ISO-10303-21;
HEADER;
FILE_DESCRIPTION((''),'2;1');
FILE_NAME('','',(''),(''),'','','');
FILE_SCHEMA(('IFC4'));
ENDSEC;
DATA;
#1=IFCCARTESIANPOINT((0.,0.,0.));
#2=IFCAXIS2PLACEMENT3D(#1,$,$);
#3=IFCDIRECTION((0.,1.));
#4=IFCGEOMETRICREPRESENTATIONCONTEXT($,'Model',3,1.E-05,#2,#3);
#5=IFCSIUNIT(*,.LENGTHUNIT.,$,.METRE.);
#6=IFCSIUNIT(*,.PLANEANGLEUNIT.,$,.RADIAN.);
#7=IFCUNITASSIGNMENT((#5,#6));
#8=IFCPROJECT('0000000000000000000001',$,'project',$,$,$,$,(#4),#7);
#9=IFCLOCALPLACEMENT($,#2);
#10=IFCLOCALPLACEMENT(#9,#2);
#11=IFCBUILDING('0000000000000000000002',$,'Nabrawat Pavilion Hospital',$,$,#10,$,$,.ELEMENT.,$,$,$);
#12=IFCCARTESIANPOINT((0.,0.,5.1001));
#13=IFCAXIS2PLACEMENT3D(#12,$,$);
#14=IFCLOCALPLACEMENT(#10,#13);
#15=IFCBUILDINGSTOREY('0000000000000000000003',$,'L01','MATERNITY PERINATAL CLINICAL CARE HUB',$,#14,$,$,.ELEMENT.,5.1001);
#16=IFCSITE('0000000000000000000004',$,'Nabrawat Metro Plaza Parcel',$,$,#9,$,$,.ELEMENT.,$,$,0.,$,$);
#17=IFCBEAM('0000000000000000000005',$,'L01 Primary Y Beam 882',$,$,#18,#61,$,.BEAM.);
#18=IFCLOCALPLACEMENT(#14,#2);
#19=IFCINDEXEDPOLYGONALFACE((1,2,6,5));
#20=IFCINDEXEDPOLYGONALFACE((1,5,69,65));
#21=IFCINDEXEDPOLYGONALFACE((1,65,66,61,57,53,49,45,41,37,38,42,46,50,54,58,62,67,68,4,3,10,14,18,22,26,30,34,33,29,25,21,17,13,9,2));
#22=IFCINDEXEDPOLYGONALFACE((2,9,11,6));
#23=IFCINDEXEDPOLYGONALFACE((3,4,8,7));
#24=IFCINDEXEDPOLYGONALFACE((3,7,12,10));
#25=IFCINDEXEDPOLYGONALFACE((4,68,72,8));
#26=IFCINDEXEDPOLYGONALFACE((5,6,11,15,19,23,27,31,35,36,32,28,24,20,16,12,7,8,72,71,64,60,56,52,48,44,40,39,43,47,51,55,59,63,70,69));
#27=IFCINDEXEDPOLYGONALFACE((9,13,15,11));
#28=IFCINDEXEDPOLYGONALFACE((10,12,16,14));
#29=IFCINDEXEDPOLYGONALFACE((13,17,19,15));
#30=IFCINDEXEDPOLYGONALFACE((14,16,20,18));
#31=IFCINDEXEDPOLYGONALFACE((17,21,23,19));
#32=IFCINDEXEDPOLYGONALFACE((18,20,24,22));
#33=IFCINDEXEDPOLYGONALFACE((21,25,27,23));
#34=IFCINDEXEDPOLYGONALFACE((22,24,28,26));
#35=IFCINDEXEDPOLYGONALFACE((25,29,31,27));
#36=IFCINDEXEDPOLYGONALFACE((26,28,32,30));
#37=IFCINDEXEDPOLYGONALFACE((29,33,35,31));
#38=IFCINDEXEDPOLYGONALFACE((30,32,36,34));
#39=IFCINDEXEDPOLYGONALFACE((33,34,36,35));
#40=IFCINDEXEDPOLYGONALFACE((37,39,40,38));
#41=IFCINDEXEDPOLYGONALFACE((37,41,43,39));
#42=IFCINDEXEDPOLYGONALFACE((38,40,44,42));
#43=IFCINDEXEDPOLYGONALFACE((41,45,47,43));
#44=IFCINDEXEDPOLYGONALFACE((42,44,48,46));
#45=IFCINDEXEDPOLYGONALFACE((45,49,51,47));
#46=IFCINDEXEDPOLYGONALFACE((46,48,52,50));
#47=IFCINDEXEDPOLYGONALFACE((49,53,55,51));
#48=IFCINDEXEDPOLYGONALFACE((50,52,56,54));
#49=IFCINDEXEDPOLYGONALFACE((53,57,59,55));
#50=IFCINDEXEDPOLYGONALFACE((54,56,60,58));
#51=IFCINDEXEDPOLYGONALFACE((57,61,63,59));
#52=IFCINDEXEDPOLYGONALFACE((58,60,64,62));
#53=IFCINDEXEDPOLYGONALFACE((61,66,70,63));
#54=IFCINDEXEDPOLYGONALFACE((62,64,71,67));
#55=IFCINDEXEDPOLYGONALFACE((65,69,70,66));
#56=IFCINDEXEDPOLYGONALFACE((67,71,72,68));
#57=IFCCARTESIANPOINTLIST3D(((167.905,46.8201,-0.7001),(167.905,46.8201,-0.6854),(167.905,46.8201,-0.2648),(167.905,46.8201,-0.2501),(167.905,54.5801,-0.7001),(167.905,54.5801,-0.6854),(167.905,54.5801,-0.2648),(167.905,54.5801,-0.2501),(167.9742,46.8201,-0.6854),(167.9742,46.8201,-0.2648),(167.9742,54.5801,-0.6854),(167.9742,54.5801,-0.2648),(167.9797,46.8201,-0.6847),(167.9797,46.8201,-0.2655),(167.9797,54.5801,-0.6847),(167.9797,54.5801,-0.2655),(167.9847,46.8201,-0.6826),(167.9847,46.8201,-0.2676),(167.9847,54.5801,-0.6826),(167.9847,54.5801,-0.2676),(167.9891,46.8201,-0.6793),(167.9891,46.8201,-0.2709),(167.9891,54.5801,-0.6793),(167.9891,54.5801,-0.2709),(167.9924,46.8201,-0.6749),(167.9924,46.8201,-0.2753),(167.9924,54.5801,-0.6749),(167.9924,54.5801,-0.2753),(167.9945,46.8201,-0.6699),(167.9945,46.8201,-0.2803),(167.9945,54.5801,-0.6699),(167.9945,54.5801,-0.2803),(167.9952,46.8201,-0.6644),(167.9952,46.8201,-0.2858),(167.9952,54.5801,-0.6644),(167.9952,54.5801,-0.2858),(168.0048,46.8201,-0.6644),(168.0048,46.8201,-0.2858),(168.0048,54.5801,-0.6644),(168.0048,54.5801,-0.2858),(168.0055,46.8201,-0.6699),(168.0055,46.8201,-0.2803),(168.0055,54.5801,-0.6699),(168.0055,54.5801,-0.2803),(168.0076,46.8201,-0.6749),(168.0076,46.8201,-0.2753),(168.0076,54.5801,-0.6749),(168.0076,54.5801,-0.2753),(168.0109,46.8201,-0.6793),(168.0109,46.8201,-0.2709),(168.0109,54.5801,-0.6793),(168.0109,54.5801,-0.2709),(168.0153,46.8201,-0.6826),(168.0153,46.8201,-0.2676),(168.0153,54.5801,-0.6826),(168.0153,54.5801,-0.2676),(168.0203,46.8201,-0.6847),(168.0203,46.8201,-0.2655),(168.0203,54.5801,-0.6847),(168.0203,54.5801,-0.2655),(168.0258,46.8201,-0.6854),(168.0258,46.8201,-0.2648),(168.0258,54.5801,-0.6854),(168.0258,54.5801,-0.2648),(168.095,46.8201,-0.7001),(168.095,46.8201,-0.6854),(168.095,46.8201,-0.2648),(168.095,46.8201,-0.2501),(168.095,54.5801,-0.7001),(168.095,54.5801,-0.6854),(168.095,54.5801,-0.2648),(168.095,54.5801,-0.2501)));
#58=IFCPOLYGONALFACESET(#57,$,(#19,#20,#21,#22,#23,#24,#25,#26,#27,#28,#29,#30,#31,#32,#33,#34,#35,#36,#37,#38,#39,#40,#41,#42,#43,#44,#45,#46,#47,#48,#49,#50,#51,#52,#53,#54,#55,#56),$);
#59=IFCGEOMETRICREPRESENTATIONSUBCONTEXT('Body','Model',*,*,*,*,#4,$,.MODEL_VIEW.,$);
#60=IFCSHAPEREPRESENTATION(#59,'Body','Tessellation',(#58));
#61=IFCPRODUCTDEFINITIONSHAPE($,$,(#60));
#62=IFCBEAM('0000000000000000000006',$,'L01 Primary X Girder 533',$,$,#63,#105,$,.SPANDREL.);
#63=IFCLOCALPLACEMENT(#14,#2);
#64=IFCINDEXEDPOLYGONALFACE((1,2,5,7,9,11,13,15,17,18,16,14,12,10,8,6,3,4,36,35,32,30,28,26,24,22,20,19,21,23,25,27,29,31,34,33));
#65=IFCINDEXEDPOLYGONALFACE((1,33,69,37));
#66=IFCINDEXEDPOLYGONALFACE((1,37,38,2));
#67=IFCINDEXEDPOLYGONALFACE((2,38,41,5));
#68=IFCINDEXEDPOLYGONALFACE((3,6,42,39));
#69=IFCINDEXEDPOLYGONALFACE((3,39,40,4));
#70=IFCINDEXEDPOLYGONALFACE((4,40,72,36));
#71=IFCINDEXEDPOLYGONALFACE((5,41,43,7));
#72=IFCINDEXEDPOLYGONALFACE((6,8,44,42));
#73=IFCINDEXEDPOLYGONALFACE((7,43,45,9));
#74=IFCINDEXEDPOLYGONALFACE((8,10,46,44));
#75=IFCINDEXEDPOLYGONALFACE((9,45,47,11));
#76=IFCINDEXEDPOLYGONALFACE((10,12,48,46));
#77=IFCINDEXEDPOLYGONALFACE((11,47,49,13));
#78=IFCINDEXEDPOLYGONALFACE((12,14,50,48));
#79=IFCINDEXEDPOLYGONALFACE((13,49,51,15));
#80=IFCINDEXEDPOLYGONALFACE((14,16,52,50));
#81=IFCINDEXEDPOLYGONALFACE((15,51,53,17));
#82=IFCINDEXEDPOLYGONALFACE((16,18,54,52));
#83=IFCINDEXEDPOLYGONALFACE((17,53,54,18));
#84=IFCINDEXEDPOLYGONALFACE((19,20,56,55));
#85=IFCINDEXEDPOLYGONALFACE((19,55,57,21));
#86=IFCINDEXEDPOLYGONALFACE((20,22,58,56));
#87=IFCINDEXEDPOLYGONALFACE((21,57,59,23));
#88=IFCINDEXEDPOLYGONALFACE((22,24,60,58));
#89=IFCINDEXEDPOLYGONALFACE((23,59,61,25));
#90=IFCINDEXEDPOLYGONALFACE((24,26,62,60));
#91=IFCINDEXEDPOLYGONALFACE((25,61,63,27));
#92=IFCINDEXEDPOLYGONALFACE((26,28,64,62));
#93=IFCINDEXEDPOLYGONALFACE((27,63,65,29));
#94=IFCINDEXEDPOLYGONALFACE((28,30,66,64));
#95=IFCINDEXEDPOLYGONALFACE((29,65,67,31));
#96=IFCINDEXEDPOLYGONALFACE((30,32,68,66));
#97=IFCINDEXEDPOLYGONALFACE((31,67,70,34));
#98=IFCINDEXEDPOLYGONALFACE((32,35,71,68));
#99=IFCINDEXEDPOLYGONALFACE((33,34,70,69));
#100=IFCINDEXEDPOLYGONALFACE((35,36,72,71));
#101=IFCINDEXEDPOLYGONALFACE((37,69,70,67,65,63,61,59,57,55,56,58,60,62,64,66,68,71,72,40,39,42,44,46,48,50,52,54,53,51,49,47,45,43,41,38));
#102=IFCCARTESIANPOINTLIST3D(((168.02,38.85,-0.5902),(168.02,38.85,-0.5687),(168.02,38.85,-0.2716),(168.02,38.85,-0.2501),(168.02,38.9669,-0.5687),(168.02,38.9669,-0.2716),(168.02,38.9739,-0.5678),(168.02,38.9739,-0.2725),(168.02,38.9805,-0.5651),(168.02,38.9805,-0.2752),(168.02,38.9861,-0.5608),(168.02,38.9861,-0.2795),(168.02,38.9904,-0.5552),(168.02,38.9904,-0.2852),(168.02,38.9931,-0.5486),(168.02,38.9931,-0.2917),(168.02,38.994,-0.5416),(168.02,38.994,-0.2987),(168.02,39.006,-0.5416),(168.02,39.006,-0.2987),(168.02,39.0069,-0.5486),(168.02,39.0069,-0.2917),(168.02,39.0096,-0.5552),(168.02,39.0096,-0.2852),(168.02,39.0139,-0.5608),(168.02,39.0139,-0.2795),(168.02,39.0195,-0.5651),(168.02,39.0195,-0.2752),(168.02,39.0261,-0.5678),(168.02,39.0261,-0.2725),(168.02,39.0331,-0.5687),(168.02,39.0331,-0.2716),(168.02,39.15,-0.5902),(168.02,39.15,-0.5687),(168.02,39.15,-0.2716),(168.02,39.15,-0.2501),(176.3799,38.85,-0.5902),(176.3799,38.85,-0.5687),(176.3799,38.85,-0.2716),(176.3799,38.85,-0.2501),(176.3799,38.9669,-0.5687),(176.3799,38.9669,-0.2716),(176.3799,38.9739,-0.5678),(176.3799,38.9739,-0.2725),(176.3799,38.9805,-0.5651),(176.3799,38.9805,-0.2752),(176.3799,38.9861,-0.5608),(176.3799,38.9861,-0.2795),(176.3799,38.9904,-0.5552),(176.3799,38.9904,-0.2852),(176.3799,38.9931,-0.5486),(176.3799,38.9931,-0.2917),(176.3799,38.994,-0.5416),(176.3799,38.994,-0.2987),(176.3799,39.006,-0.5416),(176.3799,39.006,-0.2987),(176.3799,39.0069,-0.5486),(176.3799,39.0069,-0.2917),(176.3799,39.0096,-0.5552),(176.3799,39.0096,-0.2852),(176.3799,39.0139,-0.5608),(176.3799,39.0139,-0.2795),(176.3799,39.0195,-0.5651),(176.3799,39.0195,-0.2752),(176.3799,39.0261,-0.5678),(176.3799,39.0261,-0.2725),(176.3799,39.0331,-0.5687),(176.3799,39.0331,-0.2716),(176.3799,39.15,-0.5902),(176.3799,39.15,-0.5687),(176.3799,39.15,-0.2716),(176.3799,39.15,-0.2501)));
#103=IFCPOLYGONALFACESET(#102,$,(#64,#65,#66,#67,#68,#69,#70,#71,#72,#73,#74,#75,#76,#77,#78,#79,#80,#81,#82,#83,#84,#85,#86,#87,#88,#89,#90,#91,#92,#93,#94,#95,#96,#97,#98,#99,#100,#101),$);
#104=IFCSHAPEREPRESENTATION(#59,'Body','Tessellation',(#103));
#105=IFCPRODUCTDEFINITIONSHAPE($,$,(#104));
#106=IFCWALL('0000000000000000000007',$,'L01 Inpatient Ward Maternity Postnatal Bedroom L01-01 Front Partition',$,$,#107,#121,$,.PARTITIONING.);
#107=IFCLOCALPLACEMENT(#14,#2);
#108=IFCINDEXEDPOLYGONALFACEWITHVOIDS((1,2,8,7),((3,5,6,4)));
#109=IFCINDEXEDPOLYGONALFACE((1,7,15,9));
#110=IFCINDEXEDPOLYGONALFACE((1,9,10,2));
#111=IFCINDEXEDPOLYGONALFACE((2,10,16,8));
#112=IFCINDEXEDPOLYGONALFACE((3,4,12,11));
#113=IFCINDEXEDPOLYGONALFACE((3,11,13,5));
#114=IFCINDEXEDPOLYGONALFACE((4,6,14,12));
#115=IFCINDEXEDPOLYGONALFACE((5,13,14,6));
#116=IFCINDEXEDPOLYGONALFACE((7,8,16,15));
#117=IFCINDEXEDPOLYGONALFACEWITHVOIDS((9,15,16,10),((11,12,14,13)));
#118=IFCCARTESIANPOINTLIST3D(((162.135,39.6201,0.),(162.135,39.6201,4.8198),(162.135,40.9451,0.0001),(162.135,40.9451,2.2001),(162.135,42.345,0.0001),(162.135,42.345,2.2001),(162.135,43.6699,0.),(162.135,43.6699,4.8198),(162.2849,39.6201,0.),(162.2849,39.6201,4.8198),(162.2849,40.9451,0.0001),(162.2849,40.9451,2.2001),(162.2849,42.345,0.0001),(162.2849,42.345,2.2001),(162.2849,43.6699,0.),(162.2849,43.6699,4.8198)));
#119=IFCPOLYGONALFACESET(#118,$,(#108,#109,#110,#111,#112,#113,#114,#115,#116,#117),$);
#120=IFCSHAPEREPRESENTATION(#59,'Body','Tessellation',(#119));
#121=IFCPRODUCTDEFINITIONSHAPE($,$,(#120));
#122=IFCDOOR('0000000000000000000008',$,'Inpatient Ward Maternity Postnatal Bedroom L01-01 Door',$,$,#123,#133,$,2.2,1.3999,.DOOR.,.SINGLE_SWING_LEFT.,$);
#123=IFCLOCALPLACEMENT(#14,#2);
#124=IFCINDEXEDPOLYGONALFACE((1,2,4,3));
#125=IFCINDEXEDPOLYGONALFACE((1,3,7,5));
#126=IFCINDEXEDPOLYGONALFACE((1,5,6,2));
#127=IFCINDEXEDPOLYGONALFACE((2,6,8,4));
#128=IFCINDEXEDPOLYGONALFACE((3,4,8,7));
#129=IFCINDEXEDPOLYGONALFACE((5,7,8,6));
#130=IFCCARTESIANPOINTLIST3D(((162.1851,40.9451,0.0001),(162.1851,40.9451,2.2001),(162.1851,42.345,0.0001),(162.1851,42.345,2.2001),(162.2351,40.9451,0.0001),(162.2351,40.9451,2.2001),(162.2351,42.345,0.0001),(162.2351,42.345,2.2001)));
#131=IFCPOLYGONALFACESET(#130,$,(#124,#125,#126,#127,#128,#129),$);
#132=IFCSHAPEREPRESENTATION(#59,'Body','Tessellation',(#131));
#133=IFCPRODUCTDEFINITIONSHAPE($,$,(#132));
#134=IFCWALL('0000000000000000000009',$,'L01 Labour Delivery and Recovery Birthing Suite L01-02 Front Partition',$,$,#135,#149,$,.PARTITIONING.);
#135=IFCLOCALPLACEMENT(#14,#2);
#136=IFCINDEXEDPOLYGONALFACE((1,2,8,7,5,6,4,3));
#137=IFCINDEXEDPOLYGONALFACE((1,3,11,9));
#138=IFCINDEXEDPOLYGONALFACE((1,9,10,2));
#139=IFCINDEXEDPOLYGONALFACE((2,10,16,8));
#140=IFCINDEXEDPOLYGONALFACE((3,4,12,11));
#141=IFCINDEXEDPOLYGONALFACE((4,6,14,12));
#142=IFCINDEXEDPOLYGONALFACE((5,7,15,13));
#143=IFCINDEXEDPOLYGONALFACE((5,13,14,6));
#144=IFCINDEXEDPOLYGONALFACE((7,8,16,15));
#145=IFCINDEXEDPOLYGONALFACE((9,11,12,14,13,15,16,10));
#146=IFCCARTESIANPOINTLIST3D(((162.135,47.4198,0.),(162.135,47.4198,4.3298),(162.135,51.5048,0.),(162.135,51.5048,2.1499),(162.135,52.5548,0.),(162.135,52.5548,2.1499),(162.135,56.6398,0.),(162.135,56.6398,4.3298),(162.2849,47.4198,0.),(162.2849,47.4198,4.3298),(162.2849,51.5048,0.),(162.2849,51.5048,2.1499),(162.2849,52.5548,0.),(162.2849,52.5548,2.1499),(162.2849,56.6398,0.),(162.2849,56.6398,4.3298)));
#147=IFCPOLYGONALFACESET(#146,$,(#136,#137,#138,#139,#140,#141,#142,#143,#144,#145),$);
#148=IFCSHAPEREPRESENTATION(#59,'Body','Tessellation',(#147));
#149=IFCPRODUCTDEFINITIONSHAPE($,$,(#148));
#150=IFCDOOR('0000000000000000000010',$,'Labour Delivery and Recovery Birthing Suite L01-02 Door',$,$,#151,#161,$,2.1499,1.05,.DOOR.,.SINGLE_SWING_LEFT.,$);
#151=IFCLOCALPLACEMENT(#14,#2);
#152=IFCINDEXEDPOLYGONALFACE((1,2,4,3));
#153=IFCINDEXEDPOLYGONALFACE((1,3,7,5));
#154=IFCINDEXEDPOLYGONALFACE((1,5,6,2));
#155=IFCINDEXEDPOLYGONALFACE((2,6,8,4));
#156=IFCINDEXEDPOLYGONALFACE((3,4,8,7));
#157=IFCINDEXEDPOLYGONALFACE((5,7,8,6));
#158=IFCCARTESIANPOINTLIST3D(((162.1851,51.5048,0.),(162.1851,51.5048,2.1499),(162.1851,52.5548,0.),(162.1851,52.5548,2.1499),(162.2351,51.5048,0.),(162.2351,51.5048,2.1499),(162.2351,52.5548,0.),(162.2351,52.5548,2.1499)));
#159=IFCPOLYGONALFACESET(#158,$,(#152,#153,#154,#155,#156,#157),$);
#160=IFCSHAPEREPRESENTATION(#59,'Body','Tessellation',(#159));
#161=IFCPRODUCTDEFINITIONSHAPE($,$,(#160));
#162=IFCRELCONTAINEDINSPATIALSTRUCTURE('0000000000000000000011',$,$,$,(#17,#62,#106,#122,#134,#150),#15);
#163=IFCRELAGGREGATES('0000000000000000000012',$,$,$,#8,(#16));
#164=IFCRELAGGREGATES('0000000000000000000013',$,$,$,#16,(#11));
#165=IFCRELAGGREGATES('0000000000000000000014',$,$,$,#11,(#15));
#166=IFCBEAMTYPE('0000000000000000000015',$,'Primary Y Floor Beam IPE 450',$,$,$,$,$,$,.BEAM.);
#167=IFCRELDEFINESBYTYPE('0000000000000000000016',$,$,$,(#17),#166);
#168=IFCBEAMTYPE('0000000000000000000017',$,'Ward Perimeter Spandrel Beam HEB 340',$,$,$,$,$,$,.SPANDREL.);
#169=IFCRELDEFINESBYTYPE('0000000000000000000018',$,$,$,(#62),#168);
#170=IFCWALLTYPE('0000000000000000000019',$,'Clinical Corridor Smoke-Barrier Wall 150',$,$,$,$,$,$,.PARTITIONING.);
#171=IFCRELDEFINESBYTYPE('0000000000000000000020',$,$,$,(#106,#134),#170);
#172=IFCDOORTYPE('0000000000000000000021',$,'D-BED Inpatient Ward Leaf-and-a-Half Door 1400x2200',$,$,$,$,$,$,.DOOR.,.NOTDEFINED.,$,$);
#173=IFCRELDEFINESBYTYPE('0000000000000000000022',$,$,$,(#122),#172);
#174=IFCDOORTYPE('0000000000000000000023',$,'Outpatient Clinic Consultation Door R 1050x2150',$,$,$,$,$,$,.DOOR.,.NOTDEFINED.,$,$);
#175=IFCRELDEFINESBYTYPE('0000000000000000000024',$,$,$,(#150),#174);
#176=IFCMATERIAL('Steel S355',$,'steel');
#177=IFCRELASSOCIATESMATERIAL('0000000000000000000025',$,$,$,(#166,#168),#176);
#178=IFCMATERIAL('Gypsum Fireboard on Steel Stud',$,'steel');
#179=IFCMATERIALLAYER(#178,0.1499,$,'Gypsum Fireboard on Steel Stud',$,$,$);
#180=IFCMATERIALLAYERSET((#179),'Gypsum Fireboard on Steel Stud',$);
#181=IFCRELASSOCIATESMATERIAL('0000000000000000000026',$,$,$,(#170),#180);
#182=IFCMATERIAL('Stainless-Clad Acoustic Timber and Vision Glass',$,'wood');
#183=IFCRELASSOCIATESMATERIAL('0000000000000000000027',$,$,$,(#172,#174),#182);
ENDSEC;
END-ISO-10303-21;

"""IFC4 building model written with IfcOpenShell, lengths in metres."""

from ifc_helpers import new_model, si_unit, direction, frame, frame_2d, origin, origin_2d, place, context, subcontext, project, spatial, rectangle, i_section, extrude, material, layer, layer_set, material_profile, profile_set, type_object, element, fill, save


model = new_model("IFC4")

# Units and contexts
model_context = context("Model", 3, precision=1e-05, world=origin(), true_north=direction((0.0, 1.0)))
body_context = subcontext(model_context, "Body", "Model", "MODEL_VIEW")
ifc_project = project(units=[si_unit("LENGTHUNIT", "METRE"), si_unit("PLANEANGLEUNIT", "RADIAN")], contexts=[model_context])

# Site, building, storey
site_placement = place(None, origin())
site = spatial("IfcSite", under=ifc_project, at=site_placement, Name="Nabrawat Metro Plaza Parcel", CompositionType="ELEMENT", RefElevation=0.0)
building_placement = place(site_placement, origin())
building = spatial("IfcBuilding", under=site, at=building_placement, Name="Nabrawat Pavilion Hospital", CompositionType="ELEMENT")
storey_placement = place(building_placement, frame((0.0, 0.0, 5.1001)))
storey = spatial("IfcBuildingStorey", under=building, at=storey_placement, Name="L01", Description="MATERNITY PERINATAL CLINICAL CARE HUB", CompositionType="ELEMENT", Elevation=5.1001)

# Shared definitions
ifc_material_1 = material(Name="Steel S355", Category="steel")

# Beams
ifc_material_profile_1 = material_profile(ifc_material_1, i_section(OverallWidth=0.1899, OverallDepth=0.45, WebThickness=0.0095, FlangeThickness=0.0146, FilletRadius=0.021, at=origin_2d()), Name="IPE 450")
ifc_profile_set_1 = profile_set([ifc_material_profile_1], Name="Steel S355")
beam_type_1 = type_object("IfcBeamType", Name="Primary Y Floor Beam IPE 450", PredefinedType="BEAM", material=ifc_profile_set_1)
for number, where, z_axis, x_axis, name in (
    (1, (168.0, 46.8201, -0.4751), (0.0, 1.0, 0.0), (-1.0, 0.0, 0.0), "L01 Primary Y Beam 882"),
):
    element("IfcBeam", number, at=place(storey_placement, frame(where, z_axis=z_axis, x_axis=x_axis)), inside=storey, type_object=beam_type_1, Name=name, PredefinedType="BEAM", context=body_context, shape_type="SweptSolid", body=[
        extrude(i_section(OverallWidth=0.1899, OverallDepth=0.45, WebThickness=0.0095, FlangeThickness=0.0146, FilletRadius=0.021, at=origin_2d()), origin(), (0.0, 0.0, 1.0), 7.76),
    ])
ifc_material_profile_2 = material_profile(ifc_material_1, i_section(OverallWidth=0.3, OverallDepth=0.3401, WebThickness=0.012, FlangeThickness=0.0215, FilletRadius=0.0271, at=origin_2d()), Name="HEB 340")
ifc_profile_set_2 = profile_set([ifc_material_profile_2], Name="Steel S355")
beam_type_2 = type_object("IfcBeamType", Name="Ward Perimeter Spandrel Beam HEB 340", PredefinedType="SPANDREL", material=ifc_profile_set_2)
beam_1_placement = place(storey_placement, frame((168.02, 39.0, -0.4202), z_axis=(1.0, 0.0, 0.0), x_axis=(0.0, 1.0, 0.0)))
element("IfcBeam", 2, at=beam_1_placement, inside=storey, type_object=beam_type_2, Name="L01 Primary X Girder 533", PredefinedType="SPANDREL", context=body_context, shape_type="SweptSolid", body=[
    extrude(i_section(OverallWidth=0.3, OverallDepth=0.3401, WebThickness=0.012, FlangeThickness=0.0215, FilletRadius=0.0271, at=origin_2d()), origin(), (0.0, 0.0, 1.0), 8.3599),
])

# Walls, openings, doors
ifc_material_2 = material(Name="Gypsum Fireboard on Steel Stud", Category="steel")
ifc_layer_1 = layer(ifc_material_2, 0.1499, Name="Gypsum Fireboard on Steel Stud")
ifc_layer_set_1 = layer_set([ifc_layer_1], Name="Gypsum Fireboard on Steel Stud")
wall_type_1 = type_object("IfcWallType", Name="Clinical Corridor Smoke-Barrier Wall 150", PredefinedType="PARTITIONING", material=ifc_layer_set_1)
wall_1_placement = place(storey_placement, frame((162.21, 39.6201, 0.0), z_axis=(0.0, 0.0, 1.0), x_axis=(0.0, 1.0, 0.0)))
wall_1 = element("IfcWall", 3, at=wall_1_placement, inside=storey, type_object=wall_type_1, Name="L01 Inpatient Ward Maternity Postnatal Bedroom L01-01 Front Partition", PredefinedType="PARTITIONING", context=body_context, shape_type="SweptSolid", body=[
    extrude(rectangle(XDim=4.0498, YDim=0.1499, at=frame_2d((2.0249, 0.0))), origin(), (0.0, 0.0, 1.0), 4.8198),
])
opening_1_placement = place(wall_1_placement, frame((1.325, 0.0, 0.0)))
opening_1 = element("IfcOpeningElement", 4, at=opening_1_placement, cuts=wall_1, PredefinedType="OPENING", context=body_context, shape_type="SweptSolid", body=[
    extrude(rectangle(XDim=1.3999, YDim=2.2, at=frame_2d((0.7, 1.1001))), frame((0.0, 0.085, 0.0), z_axis=(0.0, -1.0, 0.0), x_axis=(1.0, 0.0, 0.0)), (0.0, 0.0, 1.0), 0.1699),
])
ifc_material_3 = material(Name="Stainless-Clad Acoustic Timber and Vision Glass", Category="wood")
door_type_1 = type_object("IfcDoorType", Name="D-BED Inpatient Ward Leaf-and-a-Half Door 1400x2200", OperationType="NOTDEFINED", PredefinedType="DOOR", material=ifc_material_3)
door_1_placement = place(opening_1_placement, origin())
door_1 = element("IfcDoor", 5, at=door_1_placement, inside=storey, type_object=door_type_1, Name="Inpatient Ward Maternity Postnatal Bedroom L01-01 Door", OperationType="SINGLE_SWING_LEFT", OverallHeight=2.2, OverallWidth=1.3999, PredefinedType="DOOR", context=body_context, shape_type="SweptSolid", body=[
    extrude(rectangle(XDim=1.3999, YDim=2.2, at=frame_2d((0.7, 1.1001))), frame((0.0, 0.0249, 0.0), z_axis=(0.0, -1.0, 0.0), x_axis=(1.0, 0.0, 0.0)), (0.0, 0.0, 1.0), 0.05),
])
fill(opening_1, door_1)
wall_2_placement = place(storey_placement, frame((162.21, 47.4199, 0.0), z_axis=(0.0, 0.0, 1.0), x_axis=(0.0, 1.0, 0.0)))
wall_2 = element("IfcWall", 6, at=wall_2_placement, inside=storey, type_object=wall_type_1, Name="L01 Labour Delivery and Recovery Birthing Suite L01-02 Front Partition", PredefinedType="PARTITIONING", context=body_context, shape_type="SweptSolid", body=[
    extrude(rectangle(XDim=9.22, YDim=0.1499, at=frame_2d((4.6099, 0.0))), origin(), (0.0, 0.0, 1.0), 4.3298),
])
opening_2_placement = place(wall_2_placement, frame((4.085, 0.0, 0.0)))
opening_2 = element("IfcOpeningElement", 7, at=opening_2_placement, cuts=wall_2, PredefinedType="OPENING", context=body_context, shape_type="SweptSolid", body=[
    extrude(rectangle(XDim=1.05, YDim=2.1499, at=frame_2d((0.5249, 1.075))), frame((0.0, 0.085, 0.0), z_axis=(0.0, -1.0, 0.0), x_axis=(1.0, 0.0, 0.0)), (0.0, 0.0, 1.0), 0.1699),
])
door_type_2 = type_object("IfcDoorType", Name="Outpatient Clinic Consultation Door R 1050x2150", OperationType="NOTDEFINED", PredefinedType="DOOR", material=ifc_material_3)
door_2_placement = place(opening_2_placement, origin())
door_2 = element("IfcDoor", 8, at=door_2_placement, inside=storey, type_object=door_type_2, Name="Labour Delivery and Recovery Birthing Suite L01-02 Door", OperationType="SINGLE_SWING_LEFT", OverallHeight=2.1499, OverallWidth=1.05, PredefinedType="DOOR", context=body_context, shape_type="SweptSolid", body=[
    extrude(rectangle(XDim=1.05, YDim=2.1499, at=frame_2d((0.5249, 1.075))), frame((0.0, 0.0249, 0.0), z_axis=(0.0, -1.0, 0.0), x_axis=(1.0, 0.0, 0.0)), (0.0, 0.0, 1.0), 0.05),
])
fill(opening_2, door_2)

save(model, "model.ifc")
